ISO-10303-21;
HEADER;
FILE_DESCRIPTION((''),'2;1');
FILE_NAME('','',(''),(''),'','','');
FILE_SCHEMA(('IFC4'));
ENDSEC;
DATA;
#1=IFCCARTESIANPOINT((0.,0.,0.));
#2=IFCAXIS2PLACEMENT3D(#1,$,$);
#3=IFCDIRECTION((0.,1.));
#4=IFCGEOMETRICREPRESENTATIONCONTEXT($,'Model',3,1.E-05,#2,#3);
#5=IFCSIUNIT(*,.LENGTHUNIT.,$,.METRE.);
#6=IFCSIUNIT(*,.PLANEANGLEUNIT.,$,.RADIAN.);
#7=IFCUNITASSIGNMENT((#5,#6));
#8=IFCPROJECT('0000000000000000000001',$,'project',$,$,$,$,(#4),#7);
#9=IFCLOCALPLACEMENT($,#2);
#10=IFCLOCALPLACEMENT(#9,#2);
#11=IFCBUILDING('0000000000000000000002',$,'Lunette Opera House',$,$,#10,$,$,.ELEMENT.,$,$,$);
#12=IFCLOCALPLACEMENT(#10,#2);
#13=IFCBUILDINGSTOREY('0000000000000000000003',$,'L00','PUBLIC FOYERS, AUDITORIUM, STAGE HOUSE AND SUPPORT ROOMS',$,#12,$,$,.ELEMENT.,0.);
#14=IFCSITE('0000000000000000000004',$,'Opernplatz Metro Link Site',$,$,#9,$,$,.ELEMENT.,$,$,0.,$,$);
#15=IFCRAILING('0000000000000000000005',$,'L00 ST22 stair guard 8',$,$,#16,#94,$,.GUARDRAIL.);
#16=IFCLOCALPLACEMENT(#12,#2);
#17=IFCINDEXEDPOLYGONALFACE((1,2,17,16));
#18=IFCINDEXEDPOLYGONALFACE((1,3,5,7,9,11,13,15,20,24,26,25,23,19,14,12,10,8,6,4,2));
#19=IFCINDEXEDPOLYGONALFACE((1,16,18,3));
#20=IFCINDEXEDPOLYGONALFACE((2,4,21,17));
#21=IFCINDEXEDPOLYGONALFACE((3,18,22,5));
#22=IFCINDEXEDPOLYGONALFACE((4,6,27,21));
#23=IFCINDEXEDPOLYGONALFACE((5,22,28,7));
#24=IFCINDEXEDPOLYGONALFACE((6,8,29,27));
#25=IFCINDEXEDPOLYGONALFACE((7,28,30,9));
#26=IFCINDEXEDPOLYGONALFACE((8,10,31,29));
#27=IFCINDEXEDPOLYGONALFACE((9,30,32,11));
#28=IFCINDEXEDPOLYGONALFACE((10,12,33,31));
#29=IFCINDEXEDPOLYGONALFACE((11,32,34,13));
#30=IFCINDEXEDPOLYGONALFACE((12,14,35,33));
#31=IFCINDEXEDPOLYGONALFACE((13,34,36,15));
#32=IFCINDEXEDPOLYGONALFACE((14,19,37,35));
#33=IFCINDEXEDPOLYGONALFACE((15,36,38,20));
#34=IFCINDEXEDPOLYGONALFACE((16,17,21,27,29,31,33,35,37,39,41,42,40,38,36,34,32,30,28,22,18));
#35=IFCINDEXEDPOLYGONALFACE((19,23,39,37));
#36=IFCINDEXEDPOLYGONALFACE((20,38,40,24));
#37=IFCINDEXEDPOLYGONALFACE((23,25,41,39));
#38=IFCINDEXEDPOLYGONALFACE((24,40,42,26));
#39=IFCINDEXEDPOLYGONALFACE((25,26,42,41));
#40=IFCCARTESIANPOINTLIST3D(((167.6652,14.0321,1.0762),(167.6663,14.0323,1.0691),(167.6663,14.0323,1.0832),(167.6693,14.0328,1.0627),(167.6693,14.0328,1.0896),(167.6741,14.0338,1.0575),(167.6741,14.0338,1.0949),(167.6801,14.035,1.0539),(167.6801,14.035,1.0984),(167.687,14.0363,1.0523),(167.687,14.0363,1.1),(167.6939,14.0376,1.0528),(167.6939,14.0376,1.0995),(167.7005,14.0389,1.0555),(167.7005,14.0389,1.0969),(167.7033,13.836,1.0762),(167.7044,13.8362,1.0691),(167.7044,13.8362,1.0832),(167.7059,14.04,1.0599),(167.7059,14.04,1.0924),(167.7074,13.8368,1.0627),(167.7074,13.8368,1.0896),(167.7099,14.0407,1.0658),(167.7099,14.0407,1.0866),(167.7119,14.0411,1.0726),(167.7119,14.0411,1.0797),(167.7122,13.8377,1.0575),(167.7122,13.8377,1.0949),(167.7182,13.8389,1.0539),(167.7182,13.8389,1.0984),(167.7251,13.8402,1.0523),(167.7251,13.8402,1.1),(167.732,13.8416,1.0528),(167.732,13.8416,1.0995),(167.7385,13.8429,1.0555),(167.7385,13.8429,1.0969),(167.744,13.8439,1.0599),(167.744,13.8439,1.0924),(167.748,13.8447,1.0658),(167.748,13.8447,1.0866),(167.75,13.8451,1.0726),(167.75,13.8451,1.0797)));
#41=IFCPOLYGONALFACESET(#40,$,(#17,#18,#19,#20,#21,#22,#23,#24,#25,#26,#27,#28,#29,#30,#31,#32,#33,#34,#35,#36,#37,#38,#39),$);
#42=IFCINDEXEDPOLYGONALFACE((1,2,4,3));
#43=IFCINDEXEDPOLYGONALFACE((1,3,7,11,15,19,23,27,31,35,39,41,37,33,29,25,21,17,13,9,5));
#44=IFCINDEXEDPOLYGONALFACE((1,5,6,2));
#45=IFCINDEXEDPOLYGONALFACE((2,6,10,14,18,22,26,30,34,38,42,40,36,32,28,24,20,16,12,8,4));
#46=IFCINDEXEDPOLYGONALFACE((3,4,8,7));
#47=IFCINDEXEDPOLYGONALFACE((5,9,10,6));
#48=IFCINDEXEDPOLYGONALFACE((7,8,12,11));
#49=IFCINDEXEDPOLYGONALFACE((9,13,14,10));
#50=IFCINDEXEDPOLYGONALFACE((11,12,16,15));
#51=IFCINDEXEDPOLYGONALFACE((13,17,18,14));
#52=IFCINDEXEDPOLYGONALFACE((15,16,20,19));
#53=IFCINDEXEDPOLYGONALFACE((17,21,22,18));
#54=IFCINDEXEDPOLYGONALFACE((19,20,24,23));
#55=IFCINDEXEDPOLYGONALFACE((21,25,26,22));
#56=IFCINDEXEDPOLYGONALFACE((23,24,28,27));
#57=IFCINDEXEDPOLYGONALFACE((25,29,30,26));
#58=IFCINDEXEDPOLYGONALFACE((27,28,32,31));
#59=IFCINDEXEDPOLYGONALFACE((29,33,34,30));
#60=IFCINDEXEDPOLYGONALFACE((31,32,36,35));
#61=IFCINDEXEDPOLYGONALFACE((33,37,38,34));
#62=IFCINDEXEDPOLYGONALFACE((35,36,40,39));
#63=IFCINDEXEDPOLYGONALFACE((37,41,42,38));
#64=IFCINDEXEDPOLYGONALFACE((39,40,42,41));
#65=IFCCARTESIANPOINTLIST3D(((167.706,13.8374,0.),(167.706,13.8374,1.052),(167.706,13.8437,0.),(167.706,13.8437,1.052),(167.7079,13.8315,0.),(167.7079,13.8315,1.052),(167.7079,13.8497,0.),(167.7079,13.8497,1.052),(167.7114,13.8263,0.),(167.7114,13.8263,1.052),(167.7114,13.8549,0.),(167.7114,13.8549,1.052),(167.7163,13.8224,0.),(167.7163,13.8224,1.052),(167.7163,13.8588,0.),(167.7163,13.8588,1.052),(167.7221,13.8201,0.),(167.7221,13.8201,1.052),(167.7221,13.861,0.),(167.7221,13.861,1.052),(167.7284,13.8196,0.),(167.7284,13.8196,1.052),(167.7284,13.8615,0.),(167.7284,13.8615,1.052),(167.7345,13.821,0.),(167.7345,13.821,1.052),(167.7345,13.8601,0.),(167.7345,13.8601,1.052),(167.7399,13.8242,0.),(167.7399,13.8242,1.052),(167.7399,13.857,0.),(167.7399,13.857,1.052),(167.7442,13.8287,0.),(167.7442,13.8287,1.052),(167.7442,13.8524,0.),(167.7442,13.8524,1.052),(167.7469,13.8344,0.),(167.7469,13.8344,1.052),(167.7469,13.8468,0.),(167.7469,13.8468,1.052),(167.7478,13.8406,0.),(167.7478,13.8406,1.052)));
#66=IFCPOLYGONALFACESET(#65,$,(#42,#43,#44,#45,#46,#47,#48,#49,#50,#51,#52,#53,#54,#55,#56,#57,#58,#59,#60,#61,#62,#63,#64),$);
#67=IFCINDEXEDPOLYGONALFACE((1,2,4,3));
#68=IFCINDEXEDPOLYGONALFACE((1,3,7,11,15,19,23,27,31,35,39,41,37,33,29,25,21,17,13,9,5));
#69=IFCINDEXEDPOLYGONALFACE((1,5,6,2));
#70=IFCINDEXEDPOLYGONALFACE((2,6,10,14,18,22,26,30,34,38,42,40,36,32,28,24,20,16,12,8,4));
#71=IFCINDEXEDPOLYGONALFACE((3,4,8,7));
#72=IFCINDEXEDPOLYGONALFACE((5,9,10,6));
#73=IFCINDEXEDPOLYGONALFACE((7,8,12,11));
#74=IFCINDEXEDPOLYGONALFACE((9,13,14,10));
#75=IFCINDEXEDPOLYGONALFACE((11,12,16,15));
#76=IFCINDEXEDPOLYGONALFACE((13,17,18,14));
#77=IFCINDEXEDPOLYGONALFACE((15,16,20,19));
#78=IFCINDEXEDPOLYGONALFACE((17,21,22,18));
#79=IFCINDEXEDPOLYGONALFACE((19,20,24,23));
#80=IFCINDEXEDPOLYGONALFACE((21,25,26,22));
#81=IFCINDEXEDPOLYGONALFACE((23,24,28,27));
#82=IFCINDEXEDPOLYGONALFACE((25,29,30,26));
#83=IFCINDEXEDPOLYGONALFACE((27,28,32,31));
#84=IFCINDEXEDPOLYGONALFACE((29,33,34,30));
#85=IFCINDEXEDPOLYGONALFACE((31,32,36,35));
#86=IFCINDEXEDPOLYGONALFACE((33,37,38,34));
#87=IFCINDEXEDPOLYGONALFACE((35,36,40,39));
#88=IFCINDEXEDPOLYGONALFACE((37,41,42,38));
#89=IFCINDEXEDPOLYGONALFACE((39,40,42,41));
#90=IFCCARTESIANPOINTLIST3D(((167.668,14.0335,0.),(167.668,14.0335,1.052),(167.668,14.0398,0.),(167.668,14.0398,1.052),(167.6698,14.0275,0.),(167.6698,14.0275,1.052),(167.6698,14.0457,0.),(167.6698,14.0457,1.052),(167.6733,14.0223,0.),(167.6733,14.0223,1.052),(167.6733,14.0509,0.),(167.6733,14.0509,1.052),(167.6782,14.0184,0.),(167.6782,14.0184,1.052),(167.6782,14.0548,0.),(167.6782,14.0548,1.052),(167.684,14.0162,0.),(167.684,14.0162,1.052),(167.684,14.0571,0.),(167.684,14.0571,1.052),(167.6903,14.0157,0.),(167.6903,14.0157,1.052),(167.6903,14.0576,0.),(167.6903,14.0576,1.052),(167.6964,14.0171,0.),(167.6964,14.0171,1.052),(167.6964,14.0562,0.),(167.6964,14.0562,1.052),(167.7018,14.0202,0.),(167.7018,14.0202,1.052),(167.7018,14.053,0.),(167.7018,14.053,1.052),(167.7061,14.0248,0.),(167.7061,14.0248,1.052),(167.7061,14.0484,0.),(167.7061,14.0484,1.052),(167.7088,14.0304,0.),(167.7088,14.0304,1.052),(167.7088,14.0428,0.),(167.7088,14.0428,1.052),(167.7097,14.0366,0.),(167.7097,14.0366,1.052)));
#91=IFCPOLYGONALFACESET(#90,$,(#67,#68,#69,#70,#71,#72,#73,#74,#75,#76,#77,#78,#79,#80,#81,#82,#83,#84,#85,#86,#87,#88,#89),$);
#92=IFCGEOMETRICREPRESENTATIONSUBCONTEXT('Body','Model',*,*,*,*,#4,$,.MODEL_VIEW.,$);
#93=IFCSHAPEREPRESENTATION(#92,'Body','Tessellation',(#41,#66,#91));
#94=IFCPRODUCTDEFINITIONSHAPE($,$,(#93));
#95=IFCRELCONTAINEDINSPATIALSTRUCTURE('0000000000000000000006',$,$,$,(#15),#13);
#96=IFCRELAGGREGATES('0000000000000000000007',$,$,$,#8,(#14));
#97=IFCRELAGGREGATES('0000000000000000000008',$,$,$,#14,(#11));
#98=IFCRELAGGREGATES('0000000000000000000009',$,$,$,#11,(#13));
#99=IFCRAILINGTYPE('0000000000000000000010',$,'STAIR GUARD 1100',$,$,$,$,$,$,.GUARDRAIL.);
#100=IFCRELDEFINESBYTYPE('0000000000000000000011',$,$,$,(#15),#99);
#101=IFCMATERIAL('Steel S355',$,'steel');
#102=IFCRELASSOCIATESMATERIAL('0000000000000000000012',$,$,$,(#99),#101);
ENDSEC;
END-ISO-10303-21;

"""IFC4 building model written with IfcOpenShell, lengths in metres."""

from ifc_helpers import new_model, si_unit, direction, frame, origin, origin_2d, place, context, subcontext, project, spatial, circle, extrude, material, type_object, element, save


model = new_model("IFC4")

# Units and contexts
model_context = context("Model", 3, precision=1e-05, world=origin(), true_north=direction((0.0, 1.0)))
body_context = subcontext(model_context, "Body", "Model", "MODEL_VIEW")
ifc_project = project(units=[si_unit("LENGTHUNIT", "METRE"), si_unit("PLANEANGLEUNIT", "RADIAN")], contexts=[model_context])

# Site, building, storey
site_placement = place(None, origin())
site = spatial("IfcSite", under=ifc_project, at=site_placement, Name="Opernplatz Metro Link Site", CompositionType="ELEMENT", RefElevation=0.0)
building_placement = place(site_placement, origin())
building = spatial("IfcBuilding", under=site, at=building_placement, Name="Lunette Opera House", CompositionType="ELEMENT")
storey_placement = place(building_placement, origin())
storey = spatial("IfcBuildingStorey", under=building, at=storey_placement, Name="L00", Description="PUBLIC FOYERS, AUDITORIUM, STAGE HOUSE AND SUPPORT ROOMS", CompositionType="ELEMENT", Elevation=0.0)

# Railing
ifc_material_1 = material(Name="Steel S355", Category="steel")
railing_type_1 = type_object("IfcRailingType", Name="STAIR GUARD 1100", PredefinedType="GUARDRAIL", material=ifc_material_1)
railing_1_placement = place(storey_placement, frame((167.7268, 13.8406, 0.0)))
element("IfcRailing", 1, at=railing_1_placement, inside=storey, type_object=railing_type_1, Name="L00 ST22 stair guard 8", PredefinedType="GUARDRAIL", context=body_context, shape_type="SweptSolid", body=[
    extrude(circle(Radius=0.0239, at=origin_2d()), frame((0.0, 0.0, 1.0762), z_axis=(-0.190706, 0.981647, 0.0), x_axis=(-0.981647, -0.190706, 0.0)), (0.0, 0.0, 1.0), 0.1997),
    extrude(circle(Radius=0.021, at=origin_2d()), origin(), (0.0, 0.0, 1.0), 1.052),
    extrude(circle(Radius=0.021, at=origin_2d()), frame((-0.0381, 0.196, 0.0)), (0.0, 0.0, 1.0), 1.052),
])

save(model, "model.ifc")
